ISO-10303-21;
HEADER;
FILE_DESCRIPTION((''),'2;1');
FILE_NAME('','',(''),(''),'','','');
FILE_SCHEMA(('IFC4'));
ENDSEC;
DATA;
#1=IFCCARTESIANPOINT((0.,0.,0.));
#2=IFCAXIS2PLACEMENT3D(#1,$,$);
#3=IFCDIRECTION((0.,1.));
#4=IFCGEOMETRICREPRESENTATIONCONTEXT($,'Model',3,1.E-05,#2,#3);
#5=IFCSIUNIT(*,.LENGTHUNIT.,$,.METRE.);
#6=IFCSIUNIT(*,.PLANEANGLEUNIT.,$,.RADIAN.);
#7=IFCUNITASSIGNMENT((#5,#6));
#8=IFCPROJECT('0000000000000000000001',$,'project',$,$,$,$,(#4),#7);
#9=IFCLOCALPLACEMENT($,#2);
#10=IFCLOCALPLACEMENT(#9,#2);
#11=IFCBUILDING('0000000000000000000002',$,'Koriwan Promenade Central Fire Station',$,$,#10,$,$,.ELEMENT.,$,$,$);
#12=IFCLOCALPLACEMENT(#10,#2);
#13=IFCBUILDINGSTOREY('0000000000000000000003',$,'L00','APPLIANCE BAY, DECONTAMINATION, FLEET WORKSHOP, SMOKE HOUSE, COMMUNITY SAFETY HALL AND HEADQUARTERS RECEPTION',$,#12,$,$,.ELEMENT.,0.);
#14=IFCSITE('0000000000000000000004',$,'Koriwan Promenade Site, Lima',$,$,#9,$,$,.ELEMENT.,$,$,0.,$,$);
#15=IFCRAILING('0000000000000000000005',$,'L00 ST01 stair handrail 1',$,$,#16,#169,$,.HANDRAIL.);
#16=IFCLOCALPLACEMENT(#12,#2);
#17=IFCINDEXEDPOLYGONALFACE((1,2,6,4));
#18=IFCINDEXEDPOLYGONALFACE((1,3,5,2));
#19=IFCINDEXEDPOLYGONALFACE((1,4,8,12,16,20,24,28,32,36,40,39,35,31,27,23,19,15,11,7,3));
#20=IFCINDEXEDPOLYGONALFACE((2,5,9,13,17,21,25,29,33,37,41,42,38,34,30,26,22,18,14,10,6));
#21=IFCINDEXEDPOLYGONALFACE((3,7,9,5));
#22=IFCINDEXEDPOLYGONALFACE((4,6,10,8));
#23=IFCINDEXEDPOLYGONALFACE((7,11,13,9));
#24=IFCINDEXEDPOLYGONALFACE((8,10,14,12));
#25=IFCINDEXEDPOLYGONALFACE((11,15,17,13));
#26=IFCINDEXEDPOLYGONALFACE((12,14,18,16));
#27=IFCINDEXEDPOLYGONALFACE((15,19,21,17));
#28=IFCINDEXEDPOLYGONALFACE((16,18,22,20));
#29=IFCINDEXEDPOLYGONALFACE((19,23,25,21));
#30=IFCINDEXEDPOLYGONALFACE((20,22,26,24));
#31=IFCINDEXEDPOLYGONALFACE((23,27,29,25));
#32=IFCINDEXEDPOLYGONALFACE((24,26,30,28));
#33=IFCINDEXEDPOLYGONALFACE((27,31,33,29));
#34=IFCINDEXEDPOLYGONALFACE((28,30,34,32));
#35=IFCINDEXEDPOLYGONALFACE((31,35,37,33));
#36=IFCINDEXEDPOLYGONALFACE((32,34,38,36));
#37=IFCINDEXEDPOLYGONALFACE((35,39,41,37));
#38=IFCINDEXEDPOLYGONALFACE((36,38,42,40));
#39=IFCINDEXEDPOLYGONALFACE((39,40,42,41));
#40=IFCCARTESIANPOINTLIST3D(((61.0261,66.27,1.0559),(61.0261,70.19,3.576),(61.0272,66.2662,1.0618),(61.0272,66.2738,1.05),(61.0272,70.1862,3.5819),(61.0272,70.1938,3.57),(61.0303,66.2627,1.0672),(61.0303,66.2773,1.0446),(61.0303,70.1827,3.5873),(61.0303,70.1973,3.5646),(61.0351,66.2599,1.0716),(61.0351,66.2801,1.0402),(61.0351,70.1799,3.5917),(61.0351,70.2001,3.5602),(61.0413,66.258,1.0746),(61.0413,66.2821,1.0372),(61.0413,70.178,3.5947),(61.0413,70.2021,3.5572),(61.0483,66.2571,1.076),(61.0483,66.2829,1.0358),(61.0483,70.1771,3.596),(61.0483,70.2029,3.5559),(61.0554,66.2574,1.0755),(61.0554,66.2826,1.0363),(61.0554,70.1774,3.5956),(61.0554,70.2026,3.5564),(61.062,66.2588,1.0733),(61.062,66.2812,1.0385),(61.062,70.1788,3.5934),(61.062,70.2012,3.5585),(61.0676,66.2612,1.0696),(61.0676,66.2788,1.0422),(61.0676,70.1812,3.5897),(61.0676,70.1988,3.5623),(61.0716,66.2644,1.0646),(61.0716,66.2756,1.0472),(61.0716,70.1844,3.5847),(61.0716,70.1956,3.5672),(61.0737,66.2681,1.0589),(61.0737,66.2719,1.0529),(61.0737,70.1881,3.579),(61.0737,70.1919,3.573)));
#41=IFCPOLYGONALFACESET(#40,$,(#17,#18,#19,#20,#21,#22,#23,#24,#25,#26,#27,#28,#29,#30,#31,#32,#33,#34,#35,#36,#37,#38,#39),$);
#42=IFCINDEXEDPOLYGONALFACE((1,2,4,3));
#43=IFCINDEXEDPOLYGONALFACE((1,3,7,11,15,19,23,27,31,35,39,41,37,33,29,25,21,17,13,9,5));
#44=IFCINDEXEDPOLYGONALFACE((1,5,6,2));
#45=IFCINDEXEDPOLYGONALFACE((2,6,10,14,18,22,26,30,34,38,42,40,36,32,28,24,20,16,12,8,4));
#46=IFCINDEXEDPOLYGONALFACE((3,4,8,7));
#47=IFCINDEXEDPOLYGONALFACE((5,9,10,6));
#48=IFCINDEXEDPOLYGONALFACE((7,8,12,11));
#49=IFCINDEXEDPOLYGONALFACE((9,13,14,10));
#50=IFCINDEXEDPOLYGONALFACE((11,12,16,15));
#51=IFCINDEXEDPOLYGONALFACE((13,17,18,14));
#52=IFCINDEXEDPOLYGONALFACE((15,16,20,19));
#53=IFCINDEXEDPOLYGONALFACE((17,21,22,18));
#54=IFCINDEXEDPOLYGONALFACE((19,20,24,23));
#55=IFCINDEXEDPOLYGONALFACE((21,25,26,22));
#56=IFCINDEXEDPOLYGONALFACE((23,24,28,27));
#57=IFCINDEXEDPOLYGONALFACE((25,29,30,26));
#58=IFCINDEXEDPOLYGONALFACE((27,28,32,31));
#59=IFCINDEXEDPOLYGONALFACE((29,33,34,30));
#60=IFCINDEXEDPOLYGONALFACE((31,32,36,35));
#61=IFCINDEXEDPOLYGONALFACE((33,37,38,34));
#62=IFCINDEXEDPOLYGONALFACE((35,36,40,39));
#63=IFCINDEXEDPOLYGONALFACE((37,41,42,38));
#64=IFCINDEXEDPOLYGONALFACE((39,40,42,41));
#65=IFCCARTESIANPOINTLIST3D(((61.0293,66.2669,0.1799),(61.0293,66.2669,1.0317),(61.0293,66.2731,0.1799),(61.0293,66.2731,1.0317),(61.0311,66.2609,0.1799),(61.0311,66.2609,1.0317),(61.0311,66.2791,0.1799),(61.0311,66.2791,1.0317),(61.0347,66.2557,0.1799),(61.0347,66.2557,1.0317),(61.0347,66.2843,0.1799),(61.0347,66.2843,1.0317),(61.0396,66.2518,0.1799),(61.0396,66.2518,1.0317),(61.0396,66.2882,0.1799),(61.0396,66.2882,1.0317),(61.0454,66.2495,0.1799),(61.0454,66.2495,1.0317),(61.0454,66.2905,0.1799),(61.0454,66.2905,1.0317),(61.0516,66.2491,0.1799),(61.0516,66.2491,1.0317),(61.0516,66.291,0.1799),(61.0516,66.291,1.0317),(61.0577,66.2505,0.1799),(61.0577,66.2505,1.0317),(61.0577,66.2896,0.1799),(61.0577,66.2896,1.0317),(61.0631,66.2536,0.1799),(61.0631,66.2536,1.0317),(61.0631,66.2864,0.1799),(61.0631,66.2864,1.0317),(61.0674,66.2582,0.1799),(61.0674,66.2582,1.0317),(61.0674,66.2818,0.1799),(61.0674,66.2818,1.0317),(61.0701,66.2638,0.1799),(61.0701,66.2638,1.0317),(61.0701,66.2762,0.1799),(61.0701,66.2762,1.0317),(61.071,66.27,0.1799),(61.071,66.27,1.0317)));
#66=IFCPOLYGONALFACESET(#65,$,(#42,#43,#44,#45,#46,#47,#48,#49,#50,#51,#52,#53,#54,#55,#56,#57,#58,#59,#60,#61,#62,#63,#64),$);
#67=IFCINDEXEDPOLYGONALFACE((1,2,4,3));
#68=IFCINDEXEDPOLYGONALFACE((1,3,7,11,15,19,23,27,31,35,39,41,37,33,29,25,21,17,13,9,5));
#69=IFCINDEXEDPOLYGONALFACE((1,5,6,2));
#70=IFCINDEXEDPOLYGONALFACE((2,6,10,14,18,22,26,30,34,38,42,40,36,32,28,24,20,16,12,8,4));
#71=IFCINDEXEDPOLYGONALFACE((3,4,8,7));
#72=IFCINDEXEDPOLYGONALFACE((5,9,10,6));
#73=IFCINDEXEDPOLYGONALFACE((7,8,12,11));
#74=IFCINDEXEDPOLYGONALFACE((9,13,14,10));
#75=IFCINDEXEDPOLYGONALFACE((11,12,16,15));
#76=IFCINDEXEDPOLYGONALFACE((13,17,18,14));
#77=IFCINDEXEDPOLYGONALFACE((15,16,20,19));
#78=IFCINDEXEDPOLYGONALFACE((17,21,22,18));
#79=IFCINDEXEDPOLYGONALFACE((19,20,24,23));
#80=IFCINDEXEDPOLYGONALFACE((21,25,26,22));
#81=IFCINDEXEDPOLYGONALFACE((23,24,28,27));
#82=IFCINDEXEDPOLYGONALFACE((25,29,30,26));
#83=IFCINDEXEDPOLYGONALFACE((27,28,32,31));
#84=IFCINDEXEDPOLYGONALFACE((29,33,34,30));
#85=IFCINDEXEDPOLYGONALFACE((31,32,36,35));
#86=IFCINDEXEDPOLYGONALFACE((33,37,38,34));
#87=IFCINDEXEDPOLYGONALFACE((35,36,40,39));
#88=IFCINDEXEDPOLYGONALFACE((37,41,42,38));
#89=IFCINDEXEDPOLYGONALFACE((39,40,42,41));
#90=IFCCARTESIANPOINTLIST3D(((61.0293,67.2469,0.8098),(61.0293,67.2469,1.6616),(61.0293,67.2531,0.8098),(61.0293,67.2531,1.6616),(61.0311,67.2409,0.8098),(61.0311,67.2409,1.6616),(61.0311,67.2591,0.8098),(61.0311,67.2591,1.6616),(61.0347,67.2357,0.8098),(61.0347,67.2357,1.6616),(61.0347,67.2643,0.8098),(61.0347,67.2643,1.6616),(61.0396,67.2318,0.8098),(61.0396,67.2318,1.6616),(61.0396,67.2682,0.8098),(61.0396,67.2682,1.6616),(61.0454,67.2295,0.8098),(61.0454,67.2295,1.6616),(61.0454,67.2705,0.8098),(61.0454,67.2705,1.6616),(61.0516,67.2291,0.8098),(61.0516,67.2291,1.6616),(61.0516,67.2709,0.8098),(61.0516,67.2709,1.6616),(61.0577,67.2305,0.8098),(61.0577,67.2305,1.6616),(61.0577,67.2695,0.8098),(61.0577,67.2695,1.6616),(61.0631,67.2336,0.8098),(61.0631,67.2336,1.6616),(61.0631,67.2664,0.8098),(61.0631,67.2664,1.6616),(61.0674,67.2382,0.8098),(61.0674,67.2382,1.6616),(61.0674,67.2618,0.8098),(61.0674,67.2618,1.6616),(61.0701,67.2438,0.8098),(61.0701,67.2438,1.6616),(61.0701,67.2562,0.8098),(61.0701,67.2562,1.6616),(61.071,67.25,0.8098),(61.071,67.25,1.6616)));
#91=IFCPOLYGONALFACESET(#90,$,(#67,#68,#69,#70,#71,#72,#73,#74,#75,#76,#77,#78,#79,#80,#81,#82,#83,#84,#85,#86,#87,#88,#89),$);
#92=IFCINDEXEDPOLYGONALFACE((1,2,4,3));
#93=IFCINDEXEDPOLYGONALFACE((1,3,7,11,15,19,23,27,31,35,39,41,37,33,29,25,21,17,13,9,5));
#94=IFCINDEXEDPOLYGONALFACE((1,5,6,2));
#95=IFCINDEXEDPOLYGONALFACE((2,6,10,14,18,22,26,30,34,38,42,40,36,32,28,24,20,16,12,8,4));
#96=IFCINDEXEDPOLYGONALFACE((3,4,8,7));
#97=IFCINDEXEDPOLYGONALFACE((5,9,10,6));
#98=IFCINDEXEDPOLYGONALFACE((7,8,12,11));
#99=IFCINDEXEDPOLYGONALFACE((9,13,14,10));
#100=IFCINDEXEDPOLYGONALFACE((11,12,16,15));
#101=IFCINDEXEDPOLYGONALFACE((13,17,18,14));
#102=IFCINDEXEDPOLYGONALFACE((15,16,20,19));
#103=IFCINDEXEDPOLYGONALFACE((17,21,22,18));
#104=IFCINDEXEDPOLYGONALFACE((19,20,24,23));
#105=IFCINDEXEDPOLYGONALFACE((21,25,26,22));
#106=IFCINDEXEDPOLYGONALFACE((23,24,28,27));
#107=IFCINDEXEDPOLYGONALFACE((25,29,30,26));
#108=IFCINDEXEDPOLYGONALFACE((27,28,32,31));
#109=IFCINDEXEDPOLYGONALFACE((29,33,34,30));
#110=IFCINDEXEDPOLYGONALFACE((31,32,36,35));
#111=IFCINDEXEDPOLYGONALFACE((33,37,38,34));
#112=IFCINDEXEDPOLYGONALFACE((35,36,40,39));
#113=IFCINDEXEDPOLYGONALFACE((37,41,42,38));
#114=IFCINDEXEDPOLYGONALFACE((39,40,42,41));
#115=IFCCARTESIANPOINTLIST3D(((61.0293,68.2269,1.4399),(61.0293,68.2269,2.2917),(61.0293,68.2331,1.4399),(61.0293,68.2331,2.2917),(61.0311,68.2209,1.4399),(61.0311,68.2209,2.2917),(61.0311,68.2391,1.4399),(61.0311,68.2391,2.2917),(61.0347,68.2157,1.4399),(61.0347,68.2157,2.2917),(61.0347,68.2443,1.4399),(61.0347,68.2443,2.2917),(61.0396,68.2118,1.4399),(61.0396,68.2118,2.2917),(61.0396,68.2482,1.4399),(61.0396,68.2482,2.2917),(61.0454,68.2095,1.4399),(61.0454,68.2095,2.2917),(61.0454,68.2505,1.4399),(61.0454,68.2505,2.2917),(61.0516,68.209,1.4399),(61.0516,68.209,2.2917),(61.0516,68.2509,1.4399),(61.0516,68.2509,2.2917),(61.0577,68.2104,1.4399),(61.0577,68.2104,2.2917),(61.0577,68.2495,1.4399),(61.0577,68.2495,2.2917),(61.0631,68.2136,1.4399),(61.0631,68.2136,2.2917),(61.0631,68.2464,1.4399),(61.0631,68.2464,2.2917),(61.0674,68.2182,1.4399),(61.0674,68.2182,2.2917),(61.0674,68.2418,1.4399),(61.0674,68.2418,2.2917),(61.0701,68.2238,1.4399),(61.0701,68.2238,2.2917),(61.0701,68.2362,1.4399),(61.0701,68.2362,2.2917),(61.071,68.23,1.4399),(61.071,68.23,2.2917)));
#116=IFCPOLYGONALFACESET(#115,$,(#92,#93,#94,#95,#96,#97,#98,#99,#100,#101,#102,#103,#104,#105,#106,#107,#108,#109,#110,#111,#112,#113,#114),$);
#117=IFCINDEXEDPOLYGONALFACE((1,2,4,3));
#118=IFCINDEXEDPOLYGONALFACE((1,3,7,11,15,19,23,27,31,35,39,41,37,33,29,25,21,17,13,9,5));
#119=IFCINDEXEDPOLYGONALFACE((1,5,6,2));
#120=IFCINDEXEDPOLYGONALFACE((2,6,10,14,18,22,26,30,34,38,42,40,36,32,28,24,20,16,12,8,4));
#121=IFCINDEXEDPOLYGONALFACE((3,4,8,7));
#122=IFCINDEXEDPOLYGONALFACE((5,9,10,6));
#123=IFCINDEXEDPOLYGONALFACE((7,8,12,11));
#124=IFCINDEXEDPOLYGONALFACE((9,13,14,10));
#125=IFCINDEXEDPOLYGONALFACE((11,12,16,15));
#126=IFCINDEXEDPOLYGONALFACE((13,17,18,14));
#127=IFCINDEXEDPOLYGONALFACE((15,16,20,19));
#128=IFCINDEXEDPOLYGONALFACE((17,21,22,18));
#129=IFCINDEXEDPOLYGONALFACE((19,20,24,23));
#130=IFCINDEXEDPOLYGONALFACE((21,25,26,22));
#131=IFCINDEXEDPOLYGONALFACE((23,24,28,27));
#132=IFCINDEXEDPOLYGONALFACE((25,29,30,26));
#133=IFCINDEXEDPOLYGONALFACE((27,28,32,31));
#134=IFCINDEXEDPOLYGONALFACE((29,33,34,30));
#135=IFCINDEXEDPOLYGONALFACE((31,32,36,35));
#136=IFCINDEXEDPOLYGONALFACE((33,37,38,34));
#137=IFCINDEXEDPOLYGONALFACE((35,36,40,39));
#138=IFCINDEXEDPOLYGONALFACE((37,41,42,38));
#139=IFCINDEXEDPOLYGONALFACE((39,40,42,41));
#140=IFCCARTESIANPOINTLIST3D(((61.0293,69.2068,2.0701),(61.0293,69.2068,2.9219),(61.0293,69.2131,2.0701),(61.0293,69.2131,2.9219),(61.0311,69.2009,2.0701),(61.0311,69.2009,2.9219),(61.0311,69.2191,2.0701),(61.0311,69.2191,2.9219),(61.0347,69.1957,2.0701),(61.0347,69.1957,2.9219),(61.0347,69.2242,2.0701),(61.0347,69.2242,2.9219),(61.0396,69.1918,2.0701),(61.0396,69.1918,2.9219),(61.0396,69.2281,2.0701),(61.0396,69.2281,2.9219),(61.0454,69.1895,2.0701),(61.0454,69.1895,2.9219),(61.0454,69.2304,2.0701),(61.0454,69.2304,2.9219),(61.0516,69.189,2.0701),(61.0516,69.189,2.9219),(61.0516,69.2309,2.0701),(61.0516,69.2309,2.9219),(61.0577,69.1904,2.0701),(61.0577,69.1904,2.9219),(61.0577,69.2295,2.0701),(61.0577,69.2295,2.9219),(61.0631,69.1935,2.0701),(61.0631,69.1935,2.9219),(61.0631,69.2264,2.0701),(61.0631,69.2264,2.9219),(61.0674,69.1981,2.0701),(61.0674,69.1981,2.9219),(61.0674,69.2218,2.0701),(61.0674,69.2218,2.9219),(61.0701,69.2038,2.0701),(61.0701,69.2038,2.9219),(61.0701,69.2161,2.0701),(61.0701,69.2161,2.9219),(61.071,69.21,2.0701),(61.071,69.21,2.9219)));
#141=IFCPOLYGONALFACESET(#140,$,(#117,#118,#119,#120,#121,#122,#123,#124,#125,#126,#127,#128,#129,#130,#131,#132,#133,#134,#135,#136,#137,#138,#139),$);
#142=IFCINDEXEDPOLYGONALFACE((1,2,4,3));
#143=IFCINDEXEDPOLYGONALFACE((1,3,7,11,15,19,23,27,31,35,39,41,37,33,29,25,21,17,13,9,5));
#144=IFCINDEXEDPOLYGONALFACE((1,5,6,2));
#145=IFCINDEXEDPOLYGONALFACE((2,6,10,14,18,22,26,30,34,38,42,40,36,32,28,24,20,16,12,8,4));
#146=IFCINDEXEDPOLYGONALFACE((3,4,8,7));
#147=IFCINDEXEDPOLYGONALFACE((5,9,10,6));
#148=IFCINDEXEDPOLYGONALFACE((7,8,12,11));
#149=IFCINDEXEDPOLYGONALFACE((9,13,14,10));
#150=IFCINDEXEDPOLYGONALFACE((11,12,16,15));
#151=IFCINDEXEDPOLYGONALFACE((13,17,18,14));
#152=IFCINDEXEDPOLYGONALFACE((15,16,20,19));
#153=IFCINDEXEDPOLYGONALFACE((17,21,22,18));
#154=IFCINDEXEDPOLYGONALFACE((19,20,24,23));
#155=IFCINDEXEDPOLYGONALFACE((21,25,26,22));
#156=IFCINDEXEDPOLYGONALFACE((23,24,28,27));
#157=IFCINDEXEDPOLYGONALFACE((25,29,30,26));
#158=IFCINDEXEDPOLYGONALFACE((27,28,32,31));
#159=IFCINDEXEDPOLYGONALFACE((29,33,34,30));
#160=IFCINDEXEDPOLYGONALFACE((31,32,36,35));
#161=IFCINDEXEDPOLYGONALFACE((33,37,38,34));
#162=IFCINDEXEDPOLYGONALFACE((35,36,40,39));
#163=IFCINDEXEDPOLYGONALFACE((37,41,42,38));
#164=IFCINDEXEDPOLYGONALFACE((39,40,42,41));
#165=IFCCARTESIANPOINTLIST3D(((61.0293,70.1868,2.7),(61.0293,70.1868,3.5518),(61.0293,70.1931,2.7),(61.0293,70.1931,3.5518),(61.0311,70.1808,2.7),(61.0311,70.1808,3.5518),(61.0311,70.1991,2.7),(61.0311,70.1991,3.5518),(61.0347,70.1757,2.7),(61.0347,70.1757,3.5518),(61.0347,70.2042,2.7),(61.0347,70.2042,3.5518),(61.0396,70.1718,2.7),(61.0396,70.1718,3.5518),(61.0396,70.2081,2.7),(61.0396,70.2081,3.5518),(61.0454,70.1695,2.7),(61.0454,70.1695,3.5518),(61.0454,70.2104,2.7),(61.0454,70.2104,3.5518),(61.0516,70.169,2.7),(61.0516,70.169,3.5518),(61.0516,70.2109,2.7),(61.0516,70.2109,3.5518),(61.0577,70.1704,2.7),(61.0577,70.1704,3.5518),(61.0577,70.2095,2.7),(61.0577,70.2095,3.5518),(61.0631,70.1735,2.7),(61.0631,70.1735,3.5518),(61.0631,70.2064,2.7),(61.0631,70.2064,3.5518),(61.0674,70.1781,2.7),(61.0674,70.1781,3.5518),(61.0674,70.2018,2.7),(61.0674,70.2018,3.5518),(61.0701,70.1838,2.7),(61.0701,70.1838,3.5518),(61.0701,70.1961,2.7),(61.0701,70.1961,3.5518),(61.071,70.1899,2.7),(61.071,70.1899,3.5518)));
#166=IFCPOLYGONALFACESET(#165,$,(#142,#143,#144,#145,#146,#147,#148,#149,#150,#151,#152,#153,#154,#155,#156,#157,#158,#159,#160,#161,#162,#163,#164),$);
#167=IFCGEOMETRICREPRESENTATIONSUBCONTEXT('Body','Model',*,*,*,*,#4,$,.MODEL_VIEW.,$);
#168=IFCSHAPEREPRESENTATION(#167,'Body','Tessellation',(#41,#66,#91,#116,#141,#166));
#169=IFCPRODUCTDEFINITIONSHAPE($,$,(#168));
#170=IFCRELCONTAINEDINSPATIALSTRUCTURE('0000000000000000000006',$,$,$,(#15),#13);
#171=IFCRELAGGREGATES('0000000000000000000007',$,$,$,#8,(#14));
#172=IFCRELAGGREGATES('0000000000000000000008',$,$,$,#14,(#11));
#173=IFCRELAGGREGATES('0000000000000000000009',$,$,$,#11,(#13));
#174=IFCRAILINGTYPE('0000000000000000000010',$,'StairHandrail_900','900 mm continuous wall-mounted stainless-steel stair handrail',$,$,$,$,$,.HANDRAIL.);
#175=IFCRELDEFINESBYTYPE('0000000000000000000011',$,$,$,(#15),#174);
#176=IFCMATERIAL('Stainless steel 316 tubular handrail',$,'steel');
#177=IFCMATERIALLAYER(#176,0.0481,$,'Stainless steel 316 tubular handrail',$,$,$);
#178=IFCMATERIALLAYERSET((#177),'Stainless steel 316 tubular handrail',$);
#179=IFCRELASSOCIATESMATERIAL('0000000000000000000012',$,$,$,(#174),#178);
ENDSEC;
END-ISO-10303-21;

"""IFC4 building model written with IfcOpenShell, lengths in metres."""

from ifc_helpers import new_model, si_unit, direction, frame, origin, origin_2d, place, context, subcontext, project, spatial, circle, extrude, material, layer, layer_set, type_object, element, save


model = new_model("IFC4")

# Units and contexts
model_context = context("Model", 3, precision=1e-05, world=origin(), true_north=direction((0.0, 1.0)))
body_context = subcontext(model_context, "Body", "Model", "MODEL_VIEW")
ifc_project = project(units=[si_unit("LENGTHUNIT", "METRE"), si_unit("PLANEANGLEUNIT", "RADIAN")], contexts=[model_context])

# Site, building, storey
site_placement = place(None, origin())
site = spatial("IfcSite", under=ifc_project, at=site_placement, Name="Koriwan Promenade Site, Lima", CompositionType="ELEMENT", RefElevation=0.0)
building_placement = place(site_placement, origin())
building = spatial("IfcBuilding", under=site, at=building_placement, Name="Koriwan Promenade Central Fire Station", CompositionType="ELEMENT")
storey_placement = place(building_placement, origin())
storey = spatial("IfcBuildingStorey", under=building, at=storey_placement, Name="L00", Description="APPLIANCE BAY, DECONTAMINATION, FLEET WORKSHOP, SMOKE HOUSE, COMMUNITY SAFETY HALL AND HEADQUARTERS RECEPTION", CompositionType="ELEMENT", Elevation=0.0)

# Railing
ifc_material_1 = material(Name="Stainless steel 316 tubular handrail", Category="steel")
ifc_layer_1 = layer(ifc_material_1, 0.0481, Name="Stainless steel 316 tubular handrail")
ifc_layer_set_1 = layer_set([ifc_layer_1], Name="Stainless steel 316 tubular handrail")
railing_type_1 = type_object("IfcRailingType", Name="StairHandrail_900", Description="900 mm continuous wall-mounted stainless-steel stair handrail", PredefinedType="HANDRAIL", material=ifc_layer_set_1)
railing_1_placement = place(storey_placement, frame((61.05, 66.27, 0.1799)))
element("IfcRailing", 1, at=railing_1_placement, inside=storey, type_object=railing_type_1, Name="L00 ST01 stair handrail 1", PredefinedType="HANDRAIL", context=body_context, shape_type="SweptSolid", body=[
    extrude(circle(Radius=0.0239, at=origin_2d()), frame((0.0, 0.0, 0.876), z_axis=(0.0, 0.841172, 0.540768), x_axis=(-1.0, 0.0, 0.0)), (0.0, 0.0, 1.0), 4.6602),
    extrude(circle(Radius=0.021, at=origin_2d()), origin(), (0.0, 0.0, 1.0), 0.8518),
    extrude(circle(Radius=0.021, at=origin_2d()), frame((0.0, 0.98, 0.6299)), (0.0, 0.0, 1.0), 0.8518),
    extrude(circle(Radius=0.021, at=origin_2d()), frame((0.0, 1.96, 1.26)), (0.0, 0.0, 1.0), 0.8518),
    extrude(circle(Radius=0.021, at=origin_2d()), frame((0.0, 2.9399, 1.8901)), (0.0, 0.0, 1.0), 0.8518),
    extrude(circle(Radius=0.021, at=origin_2d()), frame((0.0, 3.9199, 2.52)), (0.0, 0.0, 1.0), 0.8518),
])

save(model, "model.ifc")
